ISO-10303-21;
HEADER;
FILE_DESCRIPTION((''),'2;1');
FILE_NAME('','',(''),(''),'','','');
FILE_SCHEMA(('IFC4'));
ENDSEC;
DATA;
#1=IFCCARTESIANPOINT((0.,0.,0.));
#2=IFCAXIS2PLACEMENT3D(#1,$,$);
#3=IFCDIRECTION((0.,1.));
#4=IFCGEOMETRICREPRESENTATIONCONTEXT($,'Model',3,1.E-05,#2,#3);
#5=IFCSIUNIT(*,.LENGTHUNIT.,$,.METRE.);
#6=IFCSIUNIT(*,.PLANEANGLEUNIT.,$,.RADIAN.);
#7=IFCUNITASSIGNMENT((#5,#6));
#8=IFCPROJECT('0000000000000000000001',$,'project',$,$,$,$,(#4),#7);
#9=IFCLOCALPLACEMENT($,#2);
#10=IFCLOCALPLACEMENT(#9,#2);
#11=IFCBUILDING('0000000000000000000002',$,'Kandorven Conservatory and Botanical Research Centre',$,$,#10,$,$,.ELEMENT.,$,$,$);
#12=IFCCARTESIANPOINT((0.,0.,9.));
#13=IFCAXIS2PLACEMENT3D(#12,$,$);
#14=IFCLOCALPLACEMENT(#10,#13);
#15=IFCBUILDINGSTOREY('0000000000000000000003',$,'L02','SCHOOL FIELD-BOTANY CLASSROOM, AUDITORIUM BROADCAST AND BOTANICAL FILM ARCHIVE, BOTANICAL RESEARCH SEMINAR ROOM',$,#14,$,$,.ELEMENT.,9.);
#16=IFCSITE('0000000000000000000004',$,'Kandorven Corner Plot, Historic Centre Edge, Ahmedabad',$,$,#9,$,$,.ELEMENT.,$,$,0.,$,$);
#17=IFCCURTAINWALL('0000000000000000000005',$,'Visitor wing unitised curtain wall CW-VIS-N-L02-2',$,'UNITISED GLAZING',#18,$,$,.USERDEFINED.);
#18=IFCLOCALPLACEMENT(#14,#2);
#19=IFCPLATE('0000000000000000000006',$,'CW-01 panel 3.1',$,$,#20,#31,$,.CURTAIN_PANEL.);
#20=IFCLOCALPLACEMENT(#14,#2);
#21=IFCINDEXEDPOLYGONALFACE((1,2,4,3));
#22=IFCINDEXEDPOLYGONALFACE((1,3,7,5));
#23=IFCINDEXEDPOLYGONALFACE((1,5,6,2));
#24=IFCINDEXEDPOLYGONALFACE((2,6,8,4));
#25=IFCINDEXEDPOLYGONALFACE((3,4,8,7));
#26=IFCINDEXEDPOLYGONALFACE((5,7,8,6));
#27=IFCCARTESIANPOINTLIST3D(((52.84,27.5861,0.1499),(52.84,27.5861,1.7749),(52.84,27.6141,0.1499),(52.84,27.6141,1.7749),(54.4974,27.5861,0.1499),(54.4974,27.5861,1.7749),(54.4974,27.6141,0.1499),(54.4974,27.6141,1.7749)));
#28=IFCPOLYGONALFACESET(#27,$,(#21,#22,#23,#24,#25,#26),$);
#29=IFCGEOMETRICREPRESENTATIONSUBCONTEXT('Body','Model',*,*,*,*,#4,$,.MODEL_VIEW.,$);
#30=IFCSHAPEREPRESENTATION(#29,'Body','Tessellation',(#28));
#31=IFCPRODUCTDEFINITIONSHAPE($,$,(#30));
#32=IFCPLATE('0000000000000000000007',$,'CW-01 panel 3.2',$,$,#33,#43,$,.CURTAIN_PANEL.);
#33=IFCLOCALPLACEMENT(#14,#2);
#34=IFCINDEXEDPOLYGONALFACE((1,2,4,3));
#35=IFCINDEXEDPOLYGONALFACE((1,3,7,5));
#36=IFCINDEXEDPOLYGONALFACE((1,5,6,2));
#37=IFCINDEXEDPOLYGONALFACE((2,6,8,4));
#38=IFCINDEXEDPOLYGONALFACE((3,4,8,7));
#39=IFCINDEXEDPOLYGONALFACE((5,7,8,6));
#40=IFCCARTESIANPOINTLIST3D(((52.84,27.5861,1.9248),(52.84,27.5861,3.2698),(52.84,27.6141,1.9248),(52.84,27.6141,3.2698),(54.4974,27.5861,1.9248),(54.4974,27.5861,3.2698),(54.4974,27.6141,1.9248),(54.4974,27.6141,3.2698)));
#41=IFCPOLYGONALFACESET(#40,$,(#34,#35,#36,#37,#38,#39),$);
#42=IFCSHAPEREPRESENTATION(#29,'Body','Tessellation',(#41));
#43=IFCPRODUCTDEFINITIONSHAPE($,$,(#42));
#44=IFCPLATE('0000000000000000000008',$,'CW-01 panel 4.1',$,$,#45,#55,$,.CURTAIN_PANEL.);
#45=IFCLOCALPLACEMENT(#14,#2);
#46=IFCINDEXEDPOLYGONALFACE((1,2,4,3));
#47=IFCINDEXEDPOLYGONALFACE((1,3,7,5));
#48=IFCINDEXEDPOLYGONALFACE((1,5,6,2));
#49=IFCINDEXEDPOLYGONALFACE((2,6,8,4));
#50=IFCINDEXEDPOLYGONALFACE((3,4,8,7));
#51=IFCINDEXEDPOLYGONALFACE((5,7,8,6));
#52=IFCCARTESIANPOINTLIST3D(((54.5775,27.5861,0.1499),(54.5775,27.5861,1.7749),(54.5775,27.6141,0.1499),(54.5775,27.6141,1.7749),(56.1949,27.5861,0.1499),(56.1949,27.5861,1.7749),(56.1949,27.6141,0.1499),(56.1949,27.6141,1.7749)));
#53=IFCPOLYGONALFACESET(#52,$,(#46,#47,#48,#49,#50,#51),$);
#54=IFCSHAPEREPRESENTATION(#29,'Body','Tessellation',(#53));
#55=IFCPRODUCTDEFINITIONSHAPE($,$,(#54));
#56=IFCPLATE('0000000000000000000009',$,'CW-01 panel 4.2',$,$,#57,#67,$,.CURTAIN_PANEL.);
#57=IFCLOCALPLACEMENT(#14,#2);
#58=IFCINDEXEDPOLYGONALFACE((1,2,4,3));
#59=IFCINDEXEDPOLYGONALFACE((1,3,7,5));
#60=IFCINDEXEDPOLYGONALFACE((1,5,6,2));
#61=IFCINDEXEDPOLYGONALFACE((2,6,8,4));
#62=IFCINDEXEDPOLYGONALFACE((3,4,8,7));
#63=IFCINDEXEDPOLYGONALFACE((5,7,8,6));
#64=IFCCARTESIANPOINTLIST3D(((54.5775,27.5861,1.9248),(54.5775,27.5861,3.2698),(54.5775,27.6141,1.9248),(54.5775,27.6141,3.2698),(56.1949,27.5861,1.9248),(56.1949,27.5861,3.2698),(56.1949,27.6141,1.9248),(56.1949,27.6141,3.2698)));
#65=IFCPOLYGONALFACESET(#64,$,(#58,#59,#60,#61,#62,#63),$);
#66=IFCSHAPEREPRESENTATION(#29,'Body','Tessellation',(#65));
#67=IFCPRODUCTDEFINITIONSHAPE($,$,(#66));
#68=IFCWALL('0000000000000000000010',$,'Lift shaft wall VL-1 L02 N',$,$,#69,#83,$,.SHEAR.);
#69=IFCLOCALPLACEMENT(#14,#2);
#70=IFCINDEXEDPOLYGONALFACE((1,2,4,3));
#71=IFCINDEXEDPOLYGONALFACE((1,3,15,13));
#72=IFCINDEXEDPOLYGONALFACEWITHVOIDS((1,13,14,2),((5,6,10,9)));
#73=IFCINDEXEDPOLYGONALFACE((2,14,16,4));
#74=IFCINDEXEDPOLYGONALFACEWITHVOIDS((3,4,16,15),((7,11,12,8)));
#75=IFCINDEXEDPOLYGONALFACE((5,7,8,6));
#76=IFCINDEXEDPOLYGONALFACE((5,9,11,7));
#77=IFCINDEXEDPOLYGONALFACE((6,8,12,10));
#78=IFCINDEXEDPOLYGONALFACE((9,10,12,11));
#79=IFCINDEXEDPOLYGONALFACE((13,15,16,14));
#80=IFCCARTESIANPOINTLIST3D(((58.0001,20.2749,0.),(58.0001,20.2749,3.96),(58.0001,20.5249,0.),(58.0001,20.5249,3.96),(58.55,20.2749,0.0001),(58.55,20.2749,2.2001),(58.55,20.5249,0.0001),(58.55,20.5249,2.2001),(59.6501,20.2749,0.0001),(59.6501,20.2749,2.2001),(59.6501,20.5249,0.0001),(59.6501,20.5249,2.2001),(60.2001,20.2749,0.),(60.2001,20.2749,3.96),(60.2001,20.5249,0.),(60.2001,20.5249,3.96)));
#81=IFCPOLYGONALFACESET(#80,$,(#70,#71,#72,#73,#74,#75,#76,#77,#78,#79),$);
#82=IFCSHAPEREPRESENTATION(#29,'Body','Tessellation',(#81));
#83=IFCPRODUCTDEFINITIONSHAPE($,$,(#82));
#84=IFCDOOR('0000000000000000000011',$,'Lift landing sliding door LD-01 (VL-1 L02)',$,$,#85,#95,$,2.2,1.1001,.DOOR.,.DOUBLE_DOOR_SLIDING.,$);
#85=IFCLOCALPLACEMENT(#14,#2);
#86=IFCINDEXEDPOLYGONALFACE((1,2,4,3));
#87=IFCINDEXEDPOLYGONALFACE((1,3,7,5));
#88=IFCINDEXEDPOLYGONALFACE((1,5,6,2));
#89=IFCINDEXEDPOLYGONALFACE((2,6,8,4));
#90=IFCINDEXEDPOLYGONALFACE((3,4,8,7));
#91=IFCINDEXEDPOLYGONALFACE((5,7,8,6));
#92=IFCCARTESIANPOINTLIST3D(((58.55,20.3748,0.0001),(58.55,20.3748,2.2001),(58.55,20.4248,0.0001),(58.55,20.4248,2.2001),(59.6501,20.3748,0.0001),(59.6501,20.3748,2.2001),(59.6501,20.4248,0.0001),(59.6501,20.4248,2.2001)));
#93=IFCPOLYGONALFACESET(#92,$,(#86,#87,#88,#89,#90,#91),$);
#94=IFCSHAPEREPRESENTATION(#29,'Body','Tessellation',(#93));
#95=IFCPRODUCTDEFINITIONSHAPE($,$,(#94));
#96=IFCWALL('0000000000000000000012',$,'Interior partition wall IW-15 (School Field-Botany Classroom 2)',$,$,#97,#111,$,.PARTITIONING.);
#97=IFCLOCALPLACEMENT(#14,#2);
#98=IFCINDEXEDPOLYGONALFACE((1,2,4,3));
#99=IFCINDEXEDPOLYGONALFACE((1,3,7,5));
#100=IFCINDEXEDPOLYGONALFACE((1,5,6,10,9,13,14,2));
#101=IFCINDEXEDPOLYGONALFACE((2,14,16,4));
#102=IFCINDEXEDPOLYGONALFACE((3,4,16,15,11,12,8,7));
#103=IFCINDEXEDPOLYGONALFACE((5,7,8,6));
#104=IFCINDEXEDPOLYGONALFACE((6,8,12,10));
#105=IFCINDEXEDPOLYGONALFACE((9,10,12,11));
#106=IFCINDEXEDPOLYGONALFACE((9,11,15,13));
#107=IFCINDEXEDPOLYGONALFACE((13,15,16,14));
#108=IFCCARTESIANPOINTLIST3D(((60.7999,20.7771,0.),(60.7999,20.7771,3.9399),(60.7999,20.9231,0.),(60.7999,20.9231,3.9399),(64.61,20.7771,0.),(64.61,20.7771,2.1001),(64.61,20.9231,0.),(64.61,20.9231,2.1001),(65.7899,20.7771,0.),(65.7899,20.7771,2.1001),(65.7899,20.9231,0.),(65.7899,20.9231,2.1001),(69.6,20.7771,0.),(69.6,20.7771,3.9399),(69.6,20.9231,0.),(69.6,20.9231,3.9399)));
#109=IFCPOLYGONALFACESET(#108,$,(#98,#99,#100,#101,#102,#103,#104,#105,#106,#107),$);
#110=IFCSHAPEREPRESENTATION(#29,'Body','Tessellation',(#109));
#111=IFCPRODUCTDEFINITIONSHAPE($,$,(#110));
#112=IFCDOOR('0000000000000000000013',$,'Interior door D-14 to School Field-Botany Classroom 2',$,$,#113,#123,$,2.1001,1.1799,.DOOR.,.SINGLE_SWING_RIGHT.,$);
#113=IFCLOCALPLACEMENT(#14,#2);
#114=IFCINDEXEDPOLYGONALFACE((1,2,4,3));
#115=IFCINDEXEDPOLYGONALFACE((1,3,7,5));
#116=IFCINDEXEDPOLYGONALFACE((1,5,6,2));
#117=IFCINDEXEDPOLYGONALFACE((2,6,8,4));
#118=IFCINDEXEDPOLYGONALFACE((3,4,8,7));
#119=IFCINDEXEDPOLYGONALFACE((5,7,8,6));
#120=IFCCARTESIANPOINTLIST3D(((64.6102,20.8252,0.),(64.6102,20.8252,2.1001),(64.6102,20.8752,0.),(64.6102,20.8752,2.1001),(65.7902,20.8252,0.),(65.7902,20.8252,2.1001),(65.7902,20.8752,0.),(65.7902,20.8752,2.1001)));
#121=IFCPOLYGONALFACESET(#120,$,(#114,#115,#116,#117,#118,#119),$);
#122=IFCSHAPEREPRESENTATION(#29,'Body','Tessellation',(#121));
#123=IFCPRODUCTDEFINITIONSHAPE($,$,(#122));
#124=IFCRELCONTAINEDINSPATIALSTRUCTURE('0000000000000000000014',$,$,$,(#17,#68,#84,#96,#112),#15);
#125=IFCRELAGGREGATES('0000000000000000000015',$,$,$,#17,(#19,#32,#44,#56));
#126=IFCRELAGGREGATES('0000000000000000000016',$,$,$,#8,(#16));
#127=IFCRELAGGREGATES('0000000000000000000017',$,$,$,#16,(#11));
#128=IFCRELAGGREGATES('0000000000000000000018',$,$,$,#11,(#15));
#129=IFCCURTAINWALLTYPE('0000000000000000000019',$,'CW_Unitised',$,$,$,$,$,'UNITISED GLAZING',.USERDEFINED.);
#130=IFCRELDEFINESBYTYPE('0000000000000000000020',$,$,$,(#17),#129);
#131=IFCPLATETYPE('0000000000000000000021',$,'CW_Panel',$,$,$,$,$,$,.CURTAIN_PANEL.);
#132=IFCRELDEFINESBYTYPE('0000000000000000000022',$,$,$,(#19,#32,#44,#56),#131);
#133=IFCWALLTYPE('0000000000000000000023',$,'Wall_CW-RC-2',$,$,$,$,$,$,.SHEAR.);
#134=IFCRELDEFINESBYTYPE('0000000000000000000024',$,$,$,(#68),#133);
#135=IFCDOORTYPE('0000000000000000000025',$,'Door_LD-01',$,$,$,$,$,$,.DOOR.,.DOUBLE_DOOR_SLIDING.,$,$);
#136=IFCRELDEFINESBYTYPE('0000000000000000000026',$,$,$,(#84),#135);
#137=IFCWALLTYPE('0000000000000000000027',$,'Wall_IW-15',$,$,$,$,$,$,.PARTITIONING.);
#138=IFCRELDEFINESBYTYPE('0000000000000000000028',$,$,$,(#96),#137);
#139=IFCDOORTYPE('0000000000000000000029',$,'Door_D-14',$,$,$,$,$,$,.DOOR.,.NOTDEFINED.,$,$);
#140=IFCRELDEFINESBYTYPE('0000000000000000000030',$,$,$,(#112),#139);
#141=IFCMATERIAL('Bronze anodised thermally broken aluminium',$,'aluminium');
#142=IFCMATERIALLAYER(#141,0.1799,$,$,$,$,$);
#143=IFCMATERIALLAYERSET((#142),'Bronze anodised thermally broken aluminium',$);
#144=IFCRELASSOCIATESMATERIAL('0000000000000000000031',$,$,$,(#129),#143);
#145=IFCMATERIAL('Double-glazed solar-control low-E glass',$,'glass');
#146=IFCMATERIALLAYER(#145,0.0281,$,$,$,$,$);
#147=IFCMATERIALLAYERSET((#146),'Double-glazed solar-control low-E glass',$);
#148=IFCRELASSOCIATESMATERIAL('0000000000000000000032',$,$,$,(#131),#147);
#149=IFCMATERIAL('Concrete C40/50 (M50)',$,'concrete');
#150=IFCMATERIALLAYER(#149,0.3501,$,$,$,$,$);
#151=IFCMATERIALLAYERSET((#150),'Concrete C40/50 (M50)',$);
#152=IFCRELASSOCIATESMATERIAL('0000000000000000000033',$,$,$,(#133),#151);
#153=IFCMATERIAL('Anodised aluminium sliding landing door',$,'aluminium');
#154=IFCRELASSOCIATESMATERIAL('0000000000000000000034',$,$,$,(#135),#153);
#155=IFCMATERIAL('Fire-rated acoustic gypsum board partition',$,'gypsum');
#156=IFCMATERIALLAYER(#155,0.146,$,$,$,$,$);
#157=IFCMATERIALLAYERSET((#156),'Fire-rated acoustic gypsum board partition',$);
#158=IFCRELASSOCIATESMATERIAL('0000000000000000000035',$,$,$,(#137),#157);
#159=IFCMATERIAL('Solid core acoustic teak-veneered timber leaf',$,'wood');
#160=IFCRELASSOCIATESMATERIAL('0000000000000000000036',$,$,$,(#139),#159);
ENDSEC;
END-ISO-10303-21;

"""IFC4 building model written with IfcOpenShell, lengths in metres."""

from ifc_helpers import new_model, si_unit, direction, frame, frame_2d, origin, origin_2d, place, context, subcontext, project, spatial, rectangle, extrude, material, layer, layer_set, type_object, element, fill, aggregate, save


model = new_model("IFC4")

# Units and contexts
model_context = context("Model", 3, precision=1e-05, world=origin(), true_north=direction((0.0, 1.0)))
body_context = subcontext(model_context, "Body", "Model", "MODEL_VIEW")
ifc_project = project(units=[si_unit("LENGTHUNIT", "METRE"), si_unit("PLANEANGLEUNIT", "RADIAN")], contexts=[model_context])

# Site, building, storey
site_placement = place(None, origin())
site = spatial("IfcSite", under=ifc_project, at=site_placement, Name="Kandorven Corner Plot, Historic Centre Edge, Ahmedabad", CompositionType="ELEMENT", RefElevation=0.0)
building_placement = place(site_placement, origin())
building = spatial("IfcBuilding", under=site, at=building_placement, Name="Kandorven Conservatory and Botanical Research Centre", CompositionType="ELEMENT")
storey_placement = place(building_placement, frame((0.0, 0.0, 9.0)))
storey = spatial("IfcBuildingStorey", under=building, at=storey_placement, Name="L02", Description="SCHOOL FIELD-BOTANY CLASSROOM, AUDITORIUM BROADCAST AND BOTANICAL FILM ARCHIVE, BOTANICAL RESEARCH SEMINAR ROOM", CompositionType="ELEMENT", Elevation=9.0)

# Curtain wall, plates
ifc_material_1 = material(Name="Bronze anodised thermally broken aluminium", Category="aluminium")
ifc_layer_1 = layer(ifc_material_1, 0.1799)
ifc_layer_set_1 = layer_set([ifc_layer_1], Name="Bronze anodised thermally broken aluminium")
curtain_wall_type = type_object("IfcCurtainWallType", Name="CW_Unitised", ElementType="UNITISED GLAZING", PredefinedType="USERDEFINED", material=ifc_layer_set_1)
curtain_wall_placement = place(storey_placement, origin())
curtain_wall = element("IfcCurtainWall", 1, at=curtain_wall_placement, inside=storey, type_object=curtain_wall_type, Name="Visitor wing unitised curtain wall CW-VIS-N-L02-2", ObjectType="UNITISED GLAZING", PredefinedType="USERDEFINED")
ifc_material_2 = material(Name="Double-glazed solar-control low-E glass", Category="glass")
ifc_layer_2 = layer(ifc_material_2, 0.0281)
ifc_layer_set_2 = layer_set([ifc_layer_2], Name="Double-glazed solar-control low-E glass")
plate_type = type_object("IfcPlateType", Name="CW_Panel", PredefinedType="CURTAIN_PANEL", material=ifc_layer_set_2)
plate_1_placement = place(storey_placement, frame((53.6687, 27.6001, 0.1499), z_axis=(0.0, 0.0, 1.0), x_axis=(1.0, 0.0, 0.0)))
plate_1 = element("IfcPlate", 2, at=plate_1_placement, type_object=plate_type, Name="CW-01 panel 3.1", PredefinedType="CURTAIN_PANEL", context=body_context, shape_type="SweptSolid", body=[
    extrude(rectangle(XDim=1.6575, YDim=0.0281, at=origin_2d()), origin(), (0.0, 0.0, 1.0), 1.625),
])
plate_2_placement = place(storey_placement, frame((53.6687, 27.6001, 1.9248), z_axis=(0.0, 0.0, 1.0), x_axis=(1.0, 0.0, 0.0)))
plate_2 = element("IfcPlate", 3, at=plate_2_placement, type_object=plate_type, Name="CW-01 panel 3.2", PredefinedType="CURTAIN_PANEL", context=body_context, shape_type="SweptSolid", body=[
    extrude(rectangle(XDim=1.6575, YDim=0.0281, at=origin_2d()), origin(), (0.0, 0.0, 1.0), 1.345),
])
plate_3_placement = place(storey_placement, frame((55.3862, 27.6001, 0.1499), z_axis=(0.0, 0.0, 1.0), x_axis=(1.0, 0.0, 0.0)))
plate_3 = element("IfcPlate", 4, at=plate_3_placement, type_object=plate_type, Name="CW-01 panel 4.1", PredefinedType="CURTAIN_PANEL", context=body_context, shape_type="SweptSolid", body=[
    extrude(rectangle(XDim=1.6174, YDim=0.0281, at=origin_2d()), origin(), (0.0, 0.0, 1.0), 1.625),
])
plate_4_placement = place(storey_placement, frame((55.3862, 27.6001, 1.9248), z_axis=(0.0, 0.0, 1.0), x_axis=(1.0, 0.0, 0.0)))
plate_4 = element("IfcPlate", 5, at=plate_4_placement, type_object=plate_type, Name="CW-01 panel 4.2", PredefinedType="CURTAIN_PANEL", context=body_context, shape_type="SweptSolid", body=[
    extrude(rectangle(XDim=1.6174, YDim=0.0281, at=origin_2d()), origin(), (0.0, 0.0, 1.0), 1.345),
])
aggregate(curtain_wall, [plate_1, plate_2, plate_3, plate_4])

# Walls, openings, doors
ifc_material_3 = material(Name="Concrete C40/50 (M50)", Category="concrete")
ifc_layer_3 = layer(ifc_material_3, 0.3501)
ifc_layer_set_3 = layer_set([ifc_layer_3], Name="Concrete C40/50 (M50)")
wall_type_1 = type_object("IfcWallType", Name="Wall_CW-RC-2", PredefinedType="SHEAR", material=ifc_layer_set_3)
wall_1_placement = place(storey_placement, frame((58.0, 20.3999, 0.0), z_axis=(0.0, 0.0, 1.0), x_axis=(1.0, 0.0, 0.0)))
wall_1 = element("IfcWall", 6, at=wall_1_placement, inside=storey, type_object=wall_type_1, Name="Lift shaft wall VL-1 L02 N", PredefinedType="SHEAR", context=body_context, shape_type="SweptSolid", body=[
    extrude(rectangle(XDim=2.2, YDim=0.25, at=frame_2d((1.1001, 0.0))), origin(), (0.0, 0.0, 1.0), 3.96),
])
opening_1_placement = place(wall_1_placement, frame((0.55, 0.0, 0.0)))
opening_1 = element("IfcOpeningElement", 7, at=opening_1_placement, cuts=wall_1, PredefinedType="OPENING", context=body_context, shape_type="SweptSolid", body=[
    extrude(rectangle(XDim=1.1001, YDim=2.2, at=frame_2d((0.55, 1.1001))), frame((0.0, 0.135, 0.0), z_axis=(0.0, -1.0, 0.0), x_axis=(1.0, 0.0, 0.0)), (0.0, 0.0, 1.0), 0.27),
])
ifc_material_4 = material(Name="Anodised aluminium sliding landing door", Category="aluminium")
door_type_1 = type_object("IfcDoorType", Name="Door_LD-01", OperationType="DOUBLE_DOOR_SLIDING", PredefinedType="DOOR", material=ifc_material_4)
door_1_placement = place(opening_1_placement, origin())
door_1 = element("IfcDoor", 8, at=door_1_placement, inside=storey, type_object=door_type_1, Name="Lift landing sliding door LD-01 (VL-1 L02)", OperationType="DOUBLE_DOOR_SLIDING", OverallHeight=2.2, OverallWidth=1.1001, PredefinedType="DOOR", context=body_context, shape_type="SweptSolid", body=[
    extrude(rectangle(XDim=1.1001, YDim=2.2, at=frame_2d((0.55, 1.1001))), frame((0.0, 0.0249, 0.0), z_axis=(0.0, -1.0, 0.0), x_axis=(1.0, 0.0, 0.0)), (0.0, 0.0, 1.0), 0.05),
])
fill(opening_1, door_1)
ifc_material_5 = material(Name="Fire-rated acoustic gypsum board partition", Category="gypsum")
ifc_layer_4 = layer(ifc_material_5, 0.146)
ifc_layer_set_4 = layer_set([ifc_layer_4], Name="Fire-rated acoustic gypsum board partition")
wall_type_2 = type_object("IfcWallType", Name="Wall_IW-15", PredefinedType="PARTITIONING", material=ifc_layer_set_4)
wall_2_placement = place(storey_placement, frame((60.8, 20.8501, 0.0), z_axis=(0.0, 0.0, 1.0), x_axis=(1.0, 0.0, 0.0)))
wall_2 = element("IfcWall", 9, at=wall_2_placement, inside=storey, type_object=wall_type_2, Name="Interior partition wall IW-15 (School Field-Botany Classroom 2)", PredefinedType="PARTITIONING", context=body_context, shape_type="SweptSolid", body=[
    extrude(rectangle(XDim=8.8, YDim=0.146, at=frame_2d((4.3999, 0.0))), origin(), (0.0, 0.0, 1.0), 3.9399),
])
opening_2_placement = place(wall_2_placement, frame((3.8101, 0.0, 0.0)))
opening_2 = element("IfcOpeningElement", 10, at=opening_2_placement, cuts=wall_2, PredefinedType="OPENING", context=body_context, shape_type="SweptSolid", body=[
    extrude(rectangle(XDim=1.1799, YDim=2.1001, at=frame_2d((0.5898, 1.05))), frame((0.0, 0.083, 0.0), z_axis=(0.0, -1.0, 0.0), x_axis=(1.0, 0.0, 0.0)), (0.0, 0.0, 1.0), 0.166),
])
ifc_material_6 = material(Name="Solid core acoustic teak-veneered timber leaf", Category="wood")
door_type_2 = type_object("IfcDoorType", Name="Door_D-14", OperationType="NOTDEFINED", PredefinedType="DOOR", material=ifc_material_6)
door_2_placement = place(opening_2_placement, frame((1.1799, 0.0, 0.0), z_axis=(0.0, 0.0, 1.0), x_axis=(-1.0, 0.0, 0.0)))
door_2 = element("IfcDoor", 11, at=door_2_placement, inside=storey, type_object=door_type_2, Name="Interior door D-14 to School Field-Botany Classroom 2", OperationType="SINGLE_SWING_RIGHT", OverallHeight=2.1001, OverallWidth=1.1799, PredefinedType="DOOR", context=body_context, shape_type="SweptSolid", body=[
    extrude(rectangle(XDim=1.1799, YDim=2.1001, at=frame_2d((0.5898, 1.05))), frame((0.0, 0.0249, 0.0), z_axis=(0.0, -1.0, 0.0), x_axis=(1.0, 0.0, 0.0)), (0.0, 0.0, 1.0), 0.05),
])
fill(opening_2, door_2)

save(model, "model.ifc")
